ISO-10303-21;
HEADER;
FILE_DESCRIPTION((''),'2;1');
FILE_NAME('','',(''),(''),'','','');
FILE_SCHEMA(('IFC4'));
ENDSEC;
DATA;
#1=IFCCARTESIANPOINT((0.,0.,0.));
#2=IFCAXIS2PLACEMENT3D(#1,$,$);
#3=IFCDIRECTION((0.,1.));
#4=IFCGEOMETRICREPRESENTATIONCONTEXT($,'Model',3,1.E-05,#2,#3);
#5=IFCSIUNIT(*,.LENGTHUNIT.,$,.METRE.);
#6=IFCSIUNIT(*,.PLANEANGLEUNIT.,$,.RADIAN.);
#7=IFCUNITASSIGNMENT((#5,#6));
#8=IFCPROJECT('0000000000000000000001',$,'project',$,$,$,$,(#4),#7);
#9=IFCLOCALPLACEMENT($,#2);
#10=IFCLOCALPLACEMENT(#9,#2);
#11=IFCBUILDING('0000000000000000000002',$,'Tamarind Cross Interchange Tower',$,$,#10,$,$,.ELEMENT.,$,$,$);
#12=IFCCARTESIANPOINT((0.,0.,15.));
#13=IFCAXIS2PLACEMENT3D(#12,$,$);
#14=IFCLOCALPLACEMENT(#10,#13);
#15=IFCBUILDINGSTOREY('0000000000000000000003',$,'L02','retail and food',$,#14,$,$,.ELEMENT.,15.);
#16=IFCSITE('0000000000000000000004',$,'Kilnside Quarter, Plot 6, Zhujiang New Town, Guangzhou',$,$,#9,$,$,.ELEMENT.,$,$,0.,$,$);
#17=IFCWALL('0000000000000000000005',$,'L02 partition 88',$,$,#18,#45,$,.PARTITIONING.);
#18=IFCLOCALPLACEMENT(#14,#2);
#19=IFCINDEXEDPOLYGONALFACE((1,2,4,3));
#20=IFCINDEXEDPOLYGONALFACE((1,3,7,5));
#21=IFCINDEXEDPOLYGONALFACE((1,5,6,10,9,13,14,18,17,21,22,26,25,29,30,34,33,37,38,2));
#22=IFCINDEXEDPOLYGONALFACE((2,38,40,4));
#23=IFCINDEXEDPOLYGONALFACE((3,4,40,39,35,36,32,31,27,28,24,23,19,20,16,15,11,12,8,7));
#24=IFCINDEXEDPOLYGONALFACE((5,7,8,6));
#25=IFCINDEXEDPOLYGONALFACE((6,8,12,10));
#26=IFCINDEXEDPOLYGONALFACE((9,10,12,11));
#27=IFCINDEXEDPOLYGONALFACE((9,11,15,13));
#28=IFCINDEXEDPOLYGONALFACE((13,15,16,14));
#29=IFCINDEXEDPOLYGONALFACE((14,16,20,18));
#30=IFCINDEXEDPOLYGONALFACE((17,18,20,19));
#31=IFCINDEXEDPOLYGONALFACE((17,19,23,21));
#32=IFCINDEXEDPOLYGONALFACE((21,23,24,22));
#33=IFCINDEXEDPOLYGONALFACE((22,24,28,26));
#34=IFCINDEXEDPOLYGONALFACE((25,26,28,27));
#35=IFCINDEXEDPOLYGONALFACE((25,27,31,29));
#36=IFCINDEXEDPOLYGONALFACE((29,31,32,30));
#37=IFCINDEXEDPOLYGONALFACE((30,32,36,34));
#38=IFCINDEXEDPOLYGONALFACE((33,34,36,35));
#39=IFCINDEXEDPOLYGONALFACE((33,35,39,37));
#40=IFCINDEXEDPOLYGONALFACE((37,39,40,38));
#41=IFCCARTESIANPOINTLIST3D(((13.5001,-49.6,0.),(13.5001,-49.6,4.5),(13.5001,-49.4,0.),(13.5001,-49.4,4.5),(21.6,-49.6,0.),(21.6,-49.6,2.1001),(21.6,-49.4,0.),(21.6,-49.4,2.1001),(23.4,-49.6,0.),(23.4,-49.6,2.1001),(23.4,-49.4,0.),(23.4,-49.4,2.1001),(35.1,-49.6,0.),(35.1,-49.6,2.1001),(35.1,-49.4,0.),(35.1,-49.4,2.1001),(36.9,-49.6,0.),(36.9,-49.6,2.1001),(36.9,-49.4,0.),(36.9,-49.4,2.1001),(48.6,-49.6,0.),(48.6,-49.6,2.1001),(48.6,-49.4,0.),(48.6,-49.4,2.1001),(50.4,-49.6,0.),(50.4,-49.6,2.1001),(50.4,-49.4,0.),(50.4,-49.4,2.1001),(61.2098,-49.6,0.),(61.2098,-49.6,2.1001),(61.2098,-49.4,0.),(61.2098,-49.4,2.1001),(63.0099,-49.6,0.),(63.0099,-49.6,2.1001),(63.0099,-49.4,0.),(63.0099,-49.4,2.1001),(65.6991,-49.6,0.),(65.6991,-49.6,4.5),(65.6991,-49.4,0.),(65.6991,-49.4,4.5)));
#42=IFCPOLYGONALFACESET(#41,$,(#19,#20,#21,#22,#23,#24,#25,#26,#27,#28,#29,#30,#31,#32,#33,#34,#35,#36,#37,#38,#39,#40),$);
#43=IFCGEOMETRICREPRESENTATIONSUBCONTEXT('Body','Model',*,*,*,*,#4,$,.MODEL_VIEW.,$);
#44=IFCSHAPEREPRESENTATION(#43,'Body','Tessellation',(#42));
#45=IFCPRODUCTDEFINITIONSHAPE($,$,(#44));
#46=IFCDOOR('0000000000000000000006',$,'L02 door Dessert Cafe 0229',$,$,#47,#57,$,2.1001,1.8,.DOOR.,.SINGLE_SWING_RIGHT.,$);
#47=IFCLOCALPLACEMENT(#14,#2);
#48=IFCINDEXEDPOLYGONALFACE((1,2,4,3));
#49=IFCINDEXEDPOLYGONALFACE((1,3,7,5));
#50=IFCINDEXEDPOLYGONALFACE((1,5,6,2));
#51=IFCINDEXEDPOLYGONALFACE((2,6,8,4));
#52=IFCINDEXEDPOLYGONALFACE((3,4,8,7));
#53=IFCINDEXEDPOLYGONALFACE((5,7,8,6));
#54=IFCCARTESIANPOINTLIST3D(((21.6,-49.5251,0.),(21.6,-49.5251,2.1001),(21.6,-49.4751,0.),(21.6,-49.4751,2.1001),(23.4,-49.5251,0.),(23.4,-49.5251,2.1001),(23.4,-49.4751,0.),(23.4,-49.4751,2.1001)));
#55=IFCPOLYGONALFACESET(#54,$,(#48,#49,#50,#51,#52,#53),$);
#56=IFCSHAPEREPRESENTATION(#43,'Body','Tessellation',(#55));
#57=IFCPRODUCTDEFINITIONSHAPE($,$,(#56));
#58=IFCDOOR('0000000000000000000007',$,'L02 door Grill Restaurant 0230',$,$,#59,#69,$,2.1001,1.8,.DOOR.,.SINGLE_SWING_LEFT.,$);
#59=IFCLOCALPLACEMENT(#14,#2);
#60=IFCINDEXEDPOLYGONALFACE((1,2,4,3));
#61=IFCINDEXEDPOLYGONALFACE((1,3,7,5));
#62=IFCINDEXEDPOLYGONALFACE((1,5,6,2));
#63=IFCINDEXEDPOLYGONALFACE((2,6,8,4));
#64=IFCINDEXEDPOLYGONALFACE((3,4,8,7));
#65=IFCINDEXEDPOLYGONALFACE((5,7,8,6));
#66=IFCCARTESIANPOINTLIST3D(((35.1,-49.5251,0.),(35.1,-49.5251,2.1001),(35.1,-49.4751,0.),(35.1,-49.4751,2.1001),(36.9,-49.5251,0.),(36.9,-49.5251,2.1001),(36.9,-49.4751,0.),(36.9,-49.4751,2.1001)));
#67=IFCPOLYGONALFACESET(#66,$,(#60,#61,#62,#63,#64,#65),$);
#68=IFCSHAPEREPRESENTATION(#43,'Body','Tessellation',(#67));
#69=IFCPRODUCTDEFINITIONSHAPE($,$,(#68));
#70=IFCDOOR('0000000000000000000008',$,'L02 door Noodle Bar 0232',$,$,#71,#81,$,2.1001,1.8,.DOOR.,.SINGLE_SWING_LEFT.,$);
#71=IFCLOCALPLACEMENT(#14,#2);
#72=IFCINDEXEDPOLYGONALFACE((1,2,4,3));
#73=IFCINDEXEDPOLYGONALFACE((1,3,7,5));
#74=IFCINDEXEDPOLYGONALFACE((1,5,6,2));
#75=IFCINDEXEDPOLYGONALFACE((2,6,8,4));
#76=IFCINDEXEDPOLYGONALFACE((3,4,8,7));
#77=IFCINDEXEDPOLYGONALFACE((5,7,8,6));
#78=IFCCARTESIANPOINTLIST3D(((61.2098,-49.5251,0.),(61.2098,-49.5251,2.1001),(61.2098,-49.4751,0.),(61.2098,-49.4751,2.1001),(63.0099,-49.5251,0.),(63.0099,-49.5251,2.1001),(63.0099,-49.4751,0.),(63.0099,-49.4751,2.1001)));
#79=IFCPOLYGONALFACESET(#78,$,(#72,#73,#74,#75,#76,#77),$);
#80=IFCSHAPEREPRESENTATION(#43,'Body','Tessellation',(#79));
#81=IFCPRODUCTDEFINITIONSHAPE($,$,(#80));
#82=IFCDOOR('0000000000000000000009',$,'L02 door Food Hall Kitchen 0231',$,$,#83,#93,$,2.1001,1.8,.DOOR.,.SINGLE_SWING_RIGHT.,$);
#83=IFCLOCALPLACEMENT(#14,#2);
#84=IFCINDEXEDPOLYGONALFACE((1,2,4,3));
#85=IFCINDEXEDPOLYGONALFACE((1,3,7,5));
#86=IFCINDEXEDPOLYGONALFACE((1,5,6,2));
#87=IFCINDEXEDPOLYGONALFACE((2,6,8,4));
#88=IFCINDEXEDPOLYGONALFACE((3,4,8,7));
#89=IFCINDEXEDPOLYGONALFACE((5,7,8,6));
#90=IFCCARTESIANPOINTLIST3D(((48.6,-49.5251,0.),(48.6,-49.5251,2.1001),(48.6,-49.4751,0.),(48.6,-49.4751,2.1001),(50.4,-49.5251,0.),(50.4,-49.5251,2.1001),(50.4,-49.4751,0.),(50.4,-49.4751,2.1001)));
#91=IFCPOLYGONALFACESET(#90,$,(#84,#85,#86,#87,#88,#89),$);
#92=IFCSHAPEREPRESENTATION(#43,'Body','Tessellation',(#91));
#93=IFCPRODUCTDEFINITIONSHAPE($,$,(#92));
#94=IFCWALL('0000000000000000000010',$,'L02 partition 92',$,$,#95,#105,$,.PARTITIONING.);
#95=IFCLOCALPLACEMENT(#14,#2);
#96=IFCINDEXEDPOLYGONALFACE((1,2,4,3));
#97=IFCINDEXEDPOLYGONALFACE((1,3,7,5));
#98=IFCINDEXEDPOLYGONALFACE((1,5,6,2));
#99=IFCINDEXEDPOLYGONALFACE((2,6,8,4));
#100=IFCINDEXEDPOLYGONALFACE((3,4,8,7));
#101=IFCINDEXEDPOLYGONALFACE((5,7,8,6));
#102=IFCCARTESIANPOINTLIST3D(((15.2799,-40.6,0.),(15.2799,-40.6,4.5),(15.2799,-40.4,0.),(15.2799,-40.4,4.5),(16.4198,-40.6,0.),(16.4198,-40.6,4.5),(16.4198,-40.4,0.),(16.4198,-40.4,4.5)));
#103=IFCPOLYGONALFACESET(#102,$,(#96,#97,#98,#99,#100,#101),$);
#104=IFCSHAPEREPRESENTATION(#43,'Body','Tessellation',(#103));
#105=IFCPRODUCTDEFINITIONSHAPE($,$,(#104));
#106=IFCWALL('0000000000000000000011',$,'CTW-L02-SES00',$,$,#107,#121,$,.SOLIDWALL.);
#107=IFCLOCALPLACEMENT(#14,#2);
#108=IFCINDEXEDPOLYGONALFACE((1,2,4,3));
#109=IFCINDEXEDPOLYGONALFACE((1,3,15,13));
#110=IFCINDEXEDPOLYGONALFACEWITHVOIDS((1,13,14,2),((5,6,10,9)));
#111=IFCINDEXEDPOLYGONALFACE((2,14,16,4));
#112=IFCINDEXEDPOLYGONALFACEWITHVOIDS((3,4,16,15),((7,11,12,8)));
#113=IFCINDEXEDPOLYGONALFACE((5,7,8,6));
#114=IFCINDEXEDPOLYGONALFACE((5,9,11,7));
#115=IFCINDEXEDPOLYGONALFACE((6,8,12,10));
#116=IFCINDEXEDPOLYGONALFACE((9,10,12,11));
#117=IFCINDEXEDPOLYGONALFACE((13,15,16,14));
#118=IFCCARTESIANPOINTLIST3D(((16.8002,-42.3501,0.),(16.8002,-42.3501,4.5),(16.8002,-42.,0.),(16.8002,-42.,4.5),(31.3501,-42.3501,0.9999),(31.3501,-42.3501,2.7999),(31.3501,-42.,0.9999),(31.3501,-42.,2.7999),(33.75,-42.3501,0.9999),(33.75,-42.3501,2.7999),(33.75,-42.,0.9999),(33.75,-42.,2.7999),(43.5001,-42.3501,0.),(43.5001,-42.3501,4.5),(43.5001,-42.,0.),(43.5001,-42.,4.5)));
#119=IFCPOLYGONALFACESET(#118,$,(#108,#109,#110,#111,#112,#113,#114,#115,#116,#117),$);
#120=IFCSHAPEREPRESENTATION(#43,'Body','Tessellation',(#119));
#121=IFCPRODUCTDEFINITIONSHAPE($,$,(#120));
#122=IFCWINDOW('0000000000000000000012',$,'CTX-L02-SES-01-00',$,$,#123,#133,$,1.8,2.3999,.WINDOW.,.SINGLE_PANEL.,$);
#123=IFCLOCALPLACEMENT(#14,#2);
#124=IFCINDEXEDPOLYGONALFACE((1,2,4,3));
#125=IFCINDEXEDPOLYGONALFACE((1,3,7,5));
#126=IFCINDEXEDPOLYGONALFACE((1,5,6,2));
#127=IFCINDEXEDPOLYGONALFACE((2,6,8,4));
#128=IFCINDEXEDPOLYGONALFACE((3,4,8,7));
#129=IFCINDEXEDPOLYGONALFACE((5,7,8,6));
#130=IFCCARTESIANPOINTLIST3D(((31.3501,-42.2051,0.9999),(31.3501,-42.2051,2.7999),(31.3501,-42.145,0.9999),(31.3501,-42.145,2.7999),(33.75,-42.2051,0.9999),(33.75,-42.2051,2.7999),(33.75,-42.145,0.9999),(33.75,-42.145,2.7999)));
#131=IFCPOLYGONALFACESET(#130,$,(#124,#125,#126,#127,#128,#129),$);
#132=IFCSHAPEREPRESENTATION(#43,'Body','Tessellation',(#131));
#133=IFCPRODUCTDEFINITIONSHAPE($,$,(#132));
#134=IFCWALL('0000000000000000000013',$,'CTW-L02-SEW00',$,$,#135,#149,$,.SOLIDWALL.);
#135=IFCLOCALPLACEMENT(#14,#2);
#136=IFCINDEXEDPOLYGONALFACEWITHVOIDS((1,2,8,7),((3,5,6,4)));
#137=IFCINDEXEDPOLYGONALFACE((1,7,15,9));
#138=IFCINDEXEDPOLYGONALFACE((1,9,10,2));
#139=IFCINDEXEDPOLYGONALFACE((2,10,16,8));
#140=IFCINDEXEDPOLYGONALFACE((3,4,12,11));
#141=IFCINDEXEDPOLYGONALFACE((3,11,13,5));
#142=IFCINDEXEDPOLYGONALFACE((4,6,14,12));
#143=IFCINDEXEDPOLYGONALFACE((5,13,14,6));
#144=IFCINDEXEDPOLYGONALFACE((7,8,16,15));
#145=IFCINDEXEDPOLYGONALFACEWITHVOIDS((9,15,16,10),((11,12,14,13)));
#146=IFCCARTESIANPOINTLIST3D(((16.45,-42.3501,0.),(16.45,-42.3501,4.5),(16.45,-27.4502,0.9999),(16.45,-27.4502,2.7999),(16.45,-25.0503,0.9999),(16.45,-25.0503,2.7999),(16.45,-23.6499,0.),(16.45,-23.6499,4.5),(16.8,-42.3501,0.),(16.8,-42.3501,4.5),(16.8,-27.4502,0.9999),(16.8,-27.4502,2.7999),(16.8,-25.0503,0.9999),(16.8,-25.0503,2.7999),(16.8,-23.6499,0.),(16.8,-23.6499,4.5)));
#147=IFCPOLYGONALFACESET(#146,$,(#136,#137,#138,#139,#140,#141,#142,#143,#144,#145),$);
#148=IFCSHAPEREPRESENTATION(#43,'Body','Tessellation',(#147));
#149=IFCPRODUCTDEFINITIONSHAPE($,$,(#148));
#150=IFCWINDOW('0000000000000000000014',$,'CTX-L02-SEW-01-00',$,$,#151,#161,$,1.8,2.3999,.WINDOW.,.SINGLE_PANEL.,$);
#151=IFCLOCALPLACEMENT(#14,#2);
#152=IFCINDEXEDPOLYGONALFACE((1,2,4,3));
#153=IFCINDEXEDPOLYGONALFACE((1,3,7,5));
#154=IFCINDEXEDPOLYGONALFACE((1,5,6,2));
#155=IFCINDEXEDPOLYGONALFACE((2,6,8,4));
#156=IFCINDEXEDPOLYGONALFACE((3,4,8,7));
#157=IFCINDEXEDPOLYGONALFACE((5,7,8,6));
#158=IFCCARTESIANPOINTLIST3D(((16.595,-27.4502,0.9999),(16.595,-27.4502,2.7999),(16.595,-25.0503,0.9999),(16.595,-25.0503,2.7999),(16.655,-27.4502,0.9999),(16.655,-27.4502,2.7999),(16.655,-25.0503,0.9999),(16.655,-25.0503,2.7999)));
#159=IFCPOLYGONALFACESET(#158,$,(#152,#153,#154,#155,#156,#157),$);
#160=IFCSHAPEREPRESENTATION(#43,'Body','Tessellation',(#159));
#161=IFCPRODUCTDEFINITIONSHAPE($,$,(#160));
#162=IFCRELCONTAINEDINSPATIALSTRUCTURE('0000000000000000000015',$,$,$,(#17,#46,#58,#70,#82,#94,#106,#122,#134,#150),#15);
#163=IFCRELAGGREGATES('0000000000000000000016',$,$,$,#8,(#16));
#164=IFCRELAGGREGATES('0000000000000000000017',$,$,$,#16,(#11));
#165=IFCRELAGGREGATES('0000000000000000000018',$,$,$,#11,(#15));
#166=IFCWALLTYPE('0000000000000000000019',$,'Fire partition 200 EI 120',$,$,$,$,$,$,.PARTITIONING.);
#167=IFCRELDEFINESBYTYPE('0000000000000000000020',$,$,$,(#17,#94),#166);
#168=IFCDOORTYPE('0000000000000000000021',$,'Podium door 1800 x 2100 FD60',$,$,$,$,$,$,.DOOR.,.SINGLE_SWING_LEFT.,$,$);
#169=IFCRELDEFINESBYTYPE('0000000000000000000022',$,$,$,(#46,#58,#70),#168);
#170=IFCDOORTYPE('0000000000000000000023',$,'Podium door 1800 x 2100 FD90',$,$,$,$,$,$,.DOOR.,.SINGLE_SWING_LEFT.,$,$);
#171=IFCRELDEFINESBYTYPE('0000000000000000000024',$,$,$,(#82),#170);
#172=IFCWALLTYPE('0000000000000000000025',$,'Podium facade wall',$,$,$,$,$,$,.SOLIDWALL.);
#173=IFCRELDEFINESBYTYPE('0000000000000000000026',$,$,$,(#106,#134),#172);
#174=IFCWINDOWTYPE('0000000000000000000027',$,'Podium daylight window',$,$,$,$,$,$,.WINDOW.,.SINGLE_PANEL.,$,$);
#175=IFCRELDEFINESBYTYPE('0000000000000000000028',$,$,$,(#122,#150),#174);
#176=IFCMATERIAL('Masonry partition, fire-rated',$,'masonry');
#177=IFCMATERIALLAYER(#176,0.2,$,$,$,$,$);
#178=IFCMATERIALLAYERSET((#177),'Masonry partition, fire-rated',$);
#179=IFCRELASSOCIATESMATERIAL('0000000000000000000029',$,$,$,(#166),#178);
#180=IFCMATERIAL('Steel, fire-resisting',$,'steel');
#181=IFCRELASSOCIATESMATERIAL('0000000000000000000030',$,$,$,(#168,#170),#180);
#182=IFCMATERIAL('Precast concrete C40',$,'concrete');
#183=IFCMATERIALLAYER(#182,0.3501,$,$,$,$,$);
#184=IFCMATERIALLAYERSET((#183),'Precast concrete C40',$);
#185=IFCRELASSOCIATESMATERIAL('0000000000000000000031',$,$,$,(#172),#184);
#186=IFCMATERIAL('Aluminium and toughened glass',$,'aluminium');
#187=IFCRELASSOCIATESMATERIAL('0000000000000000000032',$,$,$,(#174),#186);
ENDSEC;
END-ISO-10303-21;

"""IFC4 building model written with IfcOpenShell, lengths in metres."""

from ifc_helpers import new_model, si_unit, direction, frame, frame_2d, origin, place, context, subcontext, project, spatial, rectangle, extrude, material, layer, layer_set, type_object, element, fill, save


model = new_model("IFC4")

# Units and contexts
model_context = context("Model", 3, precision=1e-05, world=origin(), true_north=direction((0.0, 1.0)))
body_context = subcontext(model_context, "Body", "Model", "MODEL_VIEW")
ifc_project = project(units=[si_unit("LENGTHUNIT", "METRE"), si_unit("PLANEANGLEUNIT", "RADIAN")], contexts=[model_context])

# Site, building, storey
site_placement = place(None, origin())
site = spatial("IfcSite", under=ifc_project, at=site_placement, Name="Kilnside Quarter, Plot 6, Zhujiang New Town, Guangzhou", CompositionType="ELEMENT", RefElevation=0.0)
building_placement = place(site_placement, origin())
building = spatial("IfcBuilding", under=site, at=building_placement, Name="Tamarind Cross Interchange Tower", CompositionType="ELEMENT")
storey_placement = place(building_placement, frame((0.0, 0.0, 15.0)))
storey = spatial("IfcBuildingStorey", under=building, at=storey_placement, Name="L02", Description="retail and food", CompositionType="ELEMENT", Elevation=15.0)

# Shared definitions
ifc_material_1 = material(Name="Masonry partition, fire-rated", Category="masonry")
ifc_layer_1 = layer(ifc_material_1, 0.2)
ifc_layer_set_1 = layer_set([ifc_layer_1], Name="Masonry partition, fire-rated")
wall_type_1 = type_object("IfcWallType", Name="Fire partition 200 EI 120", PredefinedType="PARTITIONING", material=ifc_layer_set_1)

# Wall, openings, doors
wall_1_placement = place(storey_placement, frame((13.5, -49.5, 0.0), z_axis=(0.0, 0.0, 1.0), x_axis=(1.0, 0.0, 0.0)))
wall_1 = element("IfcWall", 1, at=wall_1_placement, inside=storey, type_object=wall_type_1, Name="L02 partition 88", PredefinedType="PARTITIONING", context=body_context, shape_type="SweptSolid", body=[
    extrude(rectangle(XDim=52.199, YDim=0.2, at=frame_2d((26.0996, 0.0))), origin(), (0.0, 0.0, 1.0), 4.5),
])
opening_1_placement = place(wall_1_placement, frame((8.1001, 0.0, 0.0)))
opening_1 = element("IfcOpeningElement", 2, at=opening_1_placement, cuts=wall_1, PredefinedType="OPENING", context=body_context, shape_type="SweptSolid", body=[
    extrude(rectangle(XDim=1.8, YDim=2.1001, at=frame_2d((0.8999, 1.05))), frame((0.0, 0.1099, 0.0), z_axis=(0.0, -1.0, 0.0), x_axis=(1.0, 0.0, 0.0)), (0.0, 0.0, 1.0), 0.22),
])
opening_2_placement = place(wall_1_placement, frame((21.6001, 0.0, 0.0)))
opening_2 = element("IfcOpeningElement", 3, at=opening_2_placement, cuts=wall_1, PredefinedType="OPENING", context=body_context, shape_type="SweptSolid", body=[
    extrude(rectangle(XDim=1.8, YDim=2.1001, at=frame_2d((0.8999, 1.05))), frame((0.0, 0.1099, 0.0), z_axis=(0.0, -1.0, 0.0), x_axis=(1.0, 0.0, 0.0)), (0.0, 0.0, 1.0), 0.22),
])
opening_3_placement = place(wall_1_placement, frame((35.1001, 0.0, 0.0)))
opening_3 = element("IfcOpeningElement", 4, at=opening_3_placement, cuts=wall_1, PredefinedType="OPENING", context=body_context, shape_type="SweptSolid", body=[
    extrude(rectangle(XDim=1.8, YDim=2.1001, at=frame_2d((0.8999, 1.05))), frame((0.0, 0.1099, 0.0), z_axis=(0.0, -1.0, 0.0), x_axis=(1.0, 0.0, 0.0)), (0.0, 0.0, 1.0), 0.22),
])
opening_4_placement = place(wall_1_placement, frame((47.71, 0.0, 0.0)))
opening_4 = element("IfcOpeningElement", 5, at=opening_4_placement, cuts=wall_1, PredefinedType="OPENING", context=body_context, shape_type="SweptSolid", body=[
    extrude(rectangle(XDim=1.8, YDim=2.1001, at=frame_2d((0.8999, 1.05))), frame((0.0, 0.1099, 0.0), z_axis=(0.0, -1.0, 0.0), x_axis=(1.0, 0.0, 0.0)), (0.0, 0.0, 1.0), 0.22),
])
ifc_material_2 = material(Name="Steel, fire-resisting", Category="steel")
door_type_1 = type_object("IfcDoorType", Name="Podium door 1800 x 2100 FD60", OperationType="SINGLE_SWING_LEFT", PredefinedType="DOOR", material=ifc_material_2)
door_1_placement = place(opening_1_placement, origin())
door_1 = element("IfcDoor", 6, at=door_1_placement, inside=storey, type_object=door_type_1, Name="L02 door Dessert Cafe 0229", OperationType="SINGLE_SWING_RIGHT", OverallHeight=2.1001, OverallWidth=1.8, PredefinedType="DOOR", context=body_context, shape_type="SweptSolid", body=[
    extrude(rectangle(XDim=1.8, YDim=2.1001, at=frame_2d((0.8999, 1.05))), frame((0.0, 0.0249, 0.0), z_axis=(0.0, -1.0, 0.0), x_axis=(1.0, 0.0, 0.0)), (0.0, 0.0, 1.0), 0.05),
])
fill(opening_1, door_1)
door_2_placement = place(opening_2_placement, origin())
door_2 = element("IfcDoor", 7, at=door_2_placement, inside=storey, type_object=door_type_1, Name="L02 door Grill Restaurant 0230", OperationType="SINGLE_SWING_LEFT", OverallHeight=2.1001, OverallWidth=1.8, PredefinedType="DOOR", context=body_context, shape_type="SweptSolid", body=[
    extrude(rectangle(XDim=1.8, YDim=2.1001, at=frame_2d((0.8999, 1.05))), frame((0.0, 0.0249, 0.0), z_axis=(0.0, -1.0, 0.0), x_axis=(1.0, 0.0, 0.0)), (0.0, 0.0, 1.0), 0.05),
])
fill(opening_2, door_2)
door_3_placement = place(opening_4_placement, origin())
door_3 = element("IfcDoor", 8, at=door_3_placement, inside=storey, type_object=door_type_1, Name="L02 door Noodle Bar 0232", OperationType="SINGLE_SWING_LEFT", OverallHeight=2.1001, OverallWidth=1.8, PredefinedType="DOOR", context=body_context, shape_type="SweptSolid", body=[
    extrude(rectangle(XDim=1.8, YDim=2.1001, at=frame_2d((0.8999, 1.05))), frame((0.0, 0.0249, 0.0), z_axis=(0.0, -1.0, 0.0), x_axis=(1.0, 0.0, 0.0)), (0.0, 0.0, 1.0), 0.05),
])
fill(opening_4, door_3)
door_type_2 = type_object("IfcDoorType", Name="Podium door 1800 x 2100 FD90", OperationType="SINGLE_SWING_LEFT", PredefinedType="DOOR", material=ifc_material_2)
door_4_placement = place(opening_3_placement, origin())
door_4 = element("IfcDoor", 9, at=door_4_placement, inside=storey, type_object=door_type_2, Name="L02 door Food Hall Kitchen 0231", OperationType="SINGLE_SWING_RIGHT", OverallHeight=2.1001, OverallWidth=1.8, PredefinedType="DOOR", context=body_context, shape_type="SweptSolid", body=[
    extrude(rectangle(XDim=1.8, YDim=2.1001, at=frame_2d((0.8999, 1.05))), frame((0.0, 0.0249, 0.0), z_axis=(0.0, -1.0, 0.0), x_axis=(1.0, 0.0, 0.0)), (0.0, 0.0, 1.0), 0.05),
])
fill(opening_3, door_4)

# Wall
wall_2_placement = place(storey_placement, frame((15.28, -40.5, 0.0), z_axis=(0.0, 0.0, 1.0), x_axis=(1.0, 0.0, 0.0)))
element("IfcWall", 10, at=wall_2_placement, inside=storey, type_object=wall_type_1, Name="L02 partition 92", PredefinedType="PARTITIONING", context=body_context, shape_type="SweptSolid", body=[
    extrude(rectangle(XDim=1.1399, YDim=0.2, at=frame_2d((0.5698, 0.0))), origin(), (0.0, 0.0, 1.0), 4.5),
])

# Walls, openings, windows
ifc_material_3 = material(Name="Precast concrete C40", Category="concrete")
ifc_layer_2 = layer(ifc_material_3, 0.3501)
ifc_layer_set_2 = layer_set([ifc_layer_2], Name="Precast concrete C40")
wall_type_2 = type_object("IfcWallType", Name="Podium facade wall", PredefinedType="SOLIDWALL", material=ifc_layer_set_2)
wall_3_placement = place(storey_placement, frame((16.8, -42.175, 0.0), z_axis=(0.0, 0.0, 1.0), x_axis=(1.0, 0.0, 0.0)))
wall_3 = element("IfcWall", 11, at=wall_3_placement, inside=storey, type_object=wall_type_2, Name="CTW-L02-SES00", PredefinedType="SOLIDWALL", context=body_context, shape_type="SweptSolid", body=[
    extrude(rectangle(XDim=26.7, YDim=0.3501, at=frame_2d((13.3501, 0.0))), origin(), (0.0, 0.0, 1.0), 4.5),
])
opening_5_placement = place(wall_3_placement, frame((14.55, 0.0, 1.0)))
opening_5 = element("IfcOpeningElement", 12, at=opening_5_placement, cuts=wall_3, PredefinedType="OPENING", context=body_context, shape_type="SweptSolid", body=[
    extrude(rectangle(XDim=2.3999, YDim=1.8, at=frame_2d((1.2, 0.8999))), frame((0.0, 0.1851, 0.0), z_axis=(0.0, -1.0, 0.0), x_axis=(1.0, 0.0, 0.0)), (0.0, 0.0, 1.0), 0.3701),
])
ifc_material_4 = material(Name="Aluminium and toughened glass", Category="aluminium")
window_type = type_object("IfcWindowType", Name="Podium daylight window", PartitioningType="SINGLE_PANEL", PredefinedType="WINDOW", material=ifc_material_4)
window_1_placement = place(opening_5_placement, origin())
window_1 = element("IfcWindow", 13, at=window_1_placement, inside=storey, type_object=window_type, Name="CTX-L02-SES-01-00", OverallHeight=1.8, OverallWidth=2.3999, PartitioningType="SINGLE_PANEL", PredefinedType="WINDOW", context=body_context, shape_type="SweptSolid", body=[
    extrude(rectangle(XDim=2.3999, YDim=1.8, at=frame_2d((1.2, 0.8999))), frame((0.0, 0.03, 0.0), z_axis=(0.0, -1.0, 0.0), x_axis=(1.0, 0.0, 0.0)), (0.0, 0.0, 1.0), 0.0601),
])
fill(opening_5, window_1)
wall_4_placement = place(storey_placement, frame((16.625, -42.3501, 0.0), z_axis=(0.0, 0.0, 1.0), x_axis=(0.0, 1.0, 0.0)))
wall_4 = element("IfcWall", 14, at=wall_4_placement, inside=storey, type_object=wall_type_2, Name="CTW-L02-SEW00", PredefinedType="SOLIDWALL", context=body_context, shape_type="SweptSolid", body=[
    extrude(rectangle(XDim=18.7002, YDim=0.3501, at=frame_2d((9.3501, 0.0))), origin(), (0.0, 0.0, 1.0), 4.5),
])
opening_6_placement = place(wall_4_placement, frame((14.8999, 0.0, 1.0)))
opening_6 = element("IfcOpeningElement", 15, at=opening_6_placement, cuts=wall_4, PredefinedType="OPENING", context=body_context, shape_type="SweptSolid", body=[
    extrude(rectangle(XDim=2.3999, YDim=1.8, at=frame_2d((1.2, 0.8999))), frame((0.0, 0.1851, 0.0), z_axis=(0.0, -1.0, 0.0), x_axis=(1.0, 0.0, 0.0)), (0.0, 0.0, 1.0), 0.3701),
])
window_2_placement = place(opening_6_placement, origin())
window_2 = element("IfcWindow", 16, at=window_2_placement, inside=storey, type_object=window_type, Name="CTX-L02-SEW-01-00", OverallHeight=1.8, OverallWidth=2.3999, PartitioningType="SINGLE_PANEL", PredefinedType="WINDOW", context=body_context, shape_type="SweptSolid", body=[
    extrude(rectangle(XDim=2.3999, YDim=1.8, at=frame_2d((1.2, 0.8999))), frame((0.0, 0.03, 0.0), z_axis=(0.0, -1.0, 0.0), x_axis=(1.0, 0.0, 0.0)), (0.0, 0.0, 1.0), 0.0601),
])
fill(opening_6, window_2)

save(model, "model.ifc")
